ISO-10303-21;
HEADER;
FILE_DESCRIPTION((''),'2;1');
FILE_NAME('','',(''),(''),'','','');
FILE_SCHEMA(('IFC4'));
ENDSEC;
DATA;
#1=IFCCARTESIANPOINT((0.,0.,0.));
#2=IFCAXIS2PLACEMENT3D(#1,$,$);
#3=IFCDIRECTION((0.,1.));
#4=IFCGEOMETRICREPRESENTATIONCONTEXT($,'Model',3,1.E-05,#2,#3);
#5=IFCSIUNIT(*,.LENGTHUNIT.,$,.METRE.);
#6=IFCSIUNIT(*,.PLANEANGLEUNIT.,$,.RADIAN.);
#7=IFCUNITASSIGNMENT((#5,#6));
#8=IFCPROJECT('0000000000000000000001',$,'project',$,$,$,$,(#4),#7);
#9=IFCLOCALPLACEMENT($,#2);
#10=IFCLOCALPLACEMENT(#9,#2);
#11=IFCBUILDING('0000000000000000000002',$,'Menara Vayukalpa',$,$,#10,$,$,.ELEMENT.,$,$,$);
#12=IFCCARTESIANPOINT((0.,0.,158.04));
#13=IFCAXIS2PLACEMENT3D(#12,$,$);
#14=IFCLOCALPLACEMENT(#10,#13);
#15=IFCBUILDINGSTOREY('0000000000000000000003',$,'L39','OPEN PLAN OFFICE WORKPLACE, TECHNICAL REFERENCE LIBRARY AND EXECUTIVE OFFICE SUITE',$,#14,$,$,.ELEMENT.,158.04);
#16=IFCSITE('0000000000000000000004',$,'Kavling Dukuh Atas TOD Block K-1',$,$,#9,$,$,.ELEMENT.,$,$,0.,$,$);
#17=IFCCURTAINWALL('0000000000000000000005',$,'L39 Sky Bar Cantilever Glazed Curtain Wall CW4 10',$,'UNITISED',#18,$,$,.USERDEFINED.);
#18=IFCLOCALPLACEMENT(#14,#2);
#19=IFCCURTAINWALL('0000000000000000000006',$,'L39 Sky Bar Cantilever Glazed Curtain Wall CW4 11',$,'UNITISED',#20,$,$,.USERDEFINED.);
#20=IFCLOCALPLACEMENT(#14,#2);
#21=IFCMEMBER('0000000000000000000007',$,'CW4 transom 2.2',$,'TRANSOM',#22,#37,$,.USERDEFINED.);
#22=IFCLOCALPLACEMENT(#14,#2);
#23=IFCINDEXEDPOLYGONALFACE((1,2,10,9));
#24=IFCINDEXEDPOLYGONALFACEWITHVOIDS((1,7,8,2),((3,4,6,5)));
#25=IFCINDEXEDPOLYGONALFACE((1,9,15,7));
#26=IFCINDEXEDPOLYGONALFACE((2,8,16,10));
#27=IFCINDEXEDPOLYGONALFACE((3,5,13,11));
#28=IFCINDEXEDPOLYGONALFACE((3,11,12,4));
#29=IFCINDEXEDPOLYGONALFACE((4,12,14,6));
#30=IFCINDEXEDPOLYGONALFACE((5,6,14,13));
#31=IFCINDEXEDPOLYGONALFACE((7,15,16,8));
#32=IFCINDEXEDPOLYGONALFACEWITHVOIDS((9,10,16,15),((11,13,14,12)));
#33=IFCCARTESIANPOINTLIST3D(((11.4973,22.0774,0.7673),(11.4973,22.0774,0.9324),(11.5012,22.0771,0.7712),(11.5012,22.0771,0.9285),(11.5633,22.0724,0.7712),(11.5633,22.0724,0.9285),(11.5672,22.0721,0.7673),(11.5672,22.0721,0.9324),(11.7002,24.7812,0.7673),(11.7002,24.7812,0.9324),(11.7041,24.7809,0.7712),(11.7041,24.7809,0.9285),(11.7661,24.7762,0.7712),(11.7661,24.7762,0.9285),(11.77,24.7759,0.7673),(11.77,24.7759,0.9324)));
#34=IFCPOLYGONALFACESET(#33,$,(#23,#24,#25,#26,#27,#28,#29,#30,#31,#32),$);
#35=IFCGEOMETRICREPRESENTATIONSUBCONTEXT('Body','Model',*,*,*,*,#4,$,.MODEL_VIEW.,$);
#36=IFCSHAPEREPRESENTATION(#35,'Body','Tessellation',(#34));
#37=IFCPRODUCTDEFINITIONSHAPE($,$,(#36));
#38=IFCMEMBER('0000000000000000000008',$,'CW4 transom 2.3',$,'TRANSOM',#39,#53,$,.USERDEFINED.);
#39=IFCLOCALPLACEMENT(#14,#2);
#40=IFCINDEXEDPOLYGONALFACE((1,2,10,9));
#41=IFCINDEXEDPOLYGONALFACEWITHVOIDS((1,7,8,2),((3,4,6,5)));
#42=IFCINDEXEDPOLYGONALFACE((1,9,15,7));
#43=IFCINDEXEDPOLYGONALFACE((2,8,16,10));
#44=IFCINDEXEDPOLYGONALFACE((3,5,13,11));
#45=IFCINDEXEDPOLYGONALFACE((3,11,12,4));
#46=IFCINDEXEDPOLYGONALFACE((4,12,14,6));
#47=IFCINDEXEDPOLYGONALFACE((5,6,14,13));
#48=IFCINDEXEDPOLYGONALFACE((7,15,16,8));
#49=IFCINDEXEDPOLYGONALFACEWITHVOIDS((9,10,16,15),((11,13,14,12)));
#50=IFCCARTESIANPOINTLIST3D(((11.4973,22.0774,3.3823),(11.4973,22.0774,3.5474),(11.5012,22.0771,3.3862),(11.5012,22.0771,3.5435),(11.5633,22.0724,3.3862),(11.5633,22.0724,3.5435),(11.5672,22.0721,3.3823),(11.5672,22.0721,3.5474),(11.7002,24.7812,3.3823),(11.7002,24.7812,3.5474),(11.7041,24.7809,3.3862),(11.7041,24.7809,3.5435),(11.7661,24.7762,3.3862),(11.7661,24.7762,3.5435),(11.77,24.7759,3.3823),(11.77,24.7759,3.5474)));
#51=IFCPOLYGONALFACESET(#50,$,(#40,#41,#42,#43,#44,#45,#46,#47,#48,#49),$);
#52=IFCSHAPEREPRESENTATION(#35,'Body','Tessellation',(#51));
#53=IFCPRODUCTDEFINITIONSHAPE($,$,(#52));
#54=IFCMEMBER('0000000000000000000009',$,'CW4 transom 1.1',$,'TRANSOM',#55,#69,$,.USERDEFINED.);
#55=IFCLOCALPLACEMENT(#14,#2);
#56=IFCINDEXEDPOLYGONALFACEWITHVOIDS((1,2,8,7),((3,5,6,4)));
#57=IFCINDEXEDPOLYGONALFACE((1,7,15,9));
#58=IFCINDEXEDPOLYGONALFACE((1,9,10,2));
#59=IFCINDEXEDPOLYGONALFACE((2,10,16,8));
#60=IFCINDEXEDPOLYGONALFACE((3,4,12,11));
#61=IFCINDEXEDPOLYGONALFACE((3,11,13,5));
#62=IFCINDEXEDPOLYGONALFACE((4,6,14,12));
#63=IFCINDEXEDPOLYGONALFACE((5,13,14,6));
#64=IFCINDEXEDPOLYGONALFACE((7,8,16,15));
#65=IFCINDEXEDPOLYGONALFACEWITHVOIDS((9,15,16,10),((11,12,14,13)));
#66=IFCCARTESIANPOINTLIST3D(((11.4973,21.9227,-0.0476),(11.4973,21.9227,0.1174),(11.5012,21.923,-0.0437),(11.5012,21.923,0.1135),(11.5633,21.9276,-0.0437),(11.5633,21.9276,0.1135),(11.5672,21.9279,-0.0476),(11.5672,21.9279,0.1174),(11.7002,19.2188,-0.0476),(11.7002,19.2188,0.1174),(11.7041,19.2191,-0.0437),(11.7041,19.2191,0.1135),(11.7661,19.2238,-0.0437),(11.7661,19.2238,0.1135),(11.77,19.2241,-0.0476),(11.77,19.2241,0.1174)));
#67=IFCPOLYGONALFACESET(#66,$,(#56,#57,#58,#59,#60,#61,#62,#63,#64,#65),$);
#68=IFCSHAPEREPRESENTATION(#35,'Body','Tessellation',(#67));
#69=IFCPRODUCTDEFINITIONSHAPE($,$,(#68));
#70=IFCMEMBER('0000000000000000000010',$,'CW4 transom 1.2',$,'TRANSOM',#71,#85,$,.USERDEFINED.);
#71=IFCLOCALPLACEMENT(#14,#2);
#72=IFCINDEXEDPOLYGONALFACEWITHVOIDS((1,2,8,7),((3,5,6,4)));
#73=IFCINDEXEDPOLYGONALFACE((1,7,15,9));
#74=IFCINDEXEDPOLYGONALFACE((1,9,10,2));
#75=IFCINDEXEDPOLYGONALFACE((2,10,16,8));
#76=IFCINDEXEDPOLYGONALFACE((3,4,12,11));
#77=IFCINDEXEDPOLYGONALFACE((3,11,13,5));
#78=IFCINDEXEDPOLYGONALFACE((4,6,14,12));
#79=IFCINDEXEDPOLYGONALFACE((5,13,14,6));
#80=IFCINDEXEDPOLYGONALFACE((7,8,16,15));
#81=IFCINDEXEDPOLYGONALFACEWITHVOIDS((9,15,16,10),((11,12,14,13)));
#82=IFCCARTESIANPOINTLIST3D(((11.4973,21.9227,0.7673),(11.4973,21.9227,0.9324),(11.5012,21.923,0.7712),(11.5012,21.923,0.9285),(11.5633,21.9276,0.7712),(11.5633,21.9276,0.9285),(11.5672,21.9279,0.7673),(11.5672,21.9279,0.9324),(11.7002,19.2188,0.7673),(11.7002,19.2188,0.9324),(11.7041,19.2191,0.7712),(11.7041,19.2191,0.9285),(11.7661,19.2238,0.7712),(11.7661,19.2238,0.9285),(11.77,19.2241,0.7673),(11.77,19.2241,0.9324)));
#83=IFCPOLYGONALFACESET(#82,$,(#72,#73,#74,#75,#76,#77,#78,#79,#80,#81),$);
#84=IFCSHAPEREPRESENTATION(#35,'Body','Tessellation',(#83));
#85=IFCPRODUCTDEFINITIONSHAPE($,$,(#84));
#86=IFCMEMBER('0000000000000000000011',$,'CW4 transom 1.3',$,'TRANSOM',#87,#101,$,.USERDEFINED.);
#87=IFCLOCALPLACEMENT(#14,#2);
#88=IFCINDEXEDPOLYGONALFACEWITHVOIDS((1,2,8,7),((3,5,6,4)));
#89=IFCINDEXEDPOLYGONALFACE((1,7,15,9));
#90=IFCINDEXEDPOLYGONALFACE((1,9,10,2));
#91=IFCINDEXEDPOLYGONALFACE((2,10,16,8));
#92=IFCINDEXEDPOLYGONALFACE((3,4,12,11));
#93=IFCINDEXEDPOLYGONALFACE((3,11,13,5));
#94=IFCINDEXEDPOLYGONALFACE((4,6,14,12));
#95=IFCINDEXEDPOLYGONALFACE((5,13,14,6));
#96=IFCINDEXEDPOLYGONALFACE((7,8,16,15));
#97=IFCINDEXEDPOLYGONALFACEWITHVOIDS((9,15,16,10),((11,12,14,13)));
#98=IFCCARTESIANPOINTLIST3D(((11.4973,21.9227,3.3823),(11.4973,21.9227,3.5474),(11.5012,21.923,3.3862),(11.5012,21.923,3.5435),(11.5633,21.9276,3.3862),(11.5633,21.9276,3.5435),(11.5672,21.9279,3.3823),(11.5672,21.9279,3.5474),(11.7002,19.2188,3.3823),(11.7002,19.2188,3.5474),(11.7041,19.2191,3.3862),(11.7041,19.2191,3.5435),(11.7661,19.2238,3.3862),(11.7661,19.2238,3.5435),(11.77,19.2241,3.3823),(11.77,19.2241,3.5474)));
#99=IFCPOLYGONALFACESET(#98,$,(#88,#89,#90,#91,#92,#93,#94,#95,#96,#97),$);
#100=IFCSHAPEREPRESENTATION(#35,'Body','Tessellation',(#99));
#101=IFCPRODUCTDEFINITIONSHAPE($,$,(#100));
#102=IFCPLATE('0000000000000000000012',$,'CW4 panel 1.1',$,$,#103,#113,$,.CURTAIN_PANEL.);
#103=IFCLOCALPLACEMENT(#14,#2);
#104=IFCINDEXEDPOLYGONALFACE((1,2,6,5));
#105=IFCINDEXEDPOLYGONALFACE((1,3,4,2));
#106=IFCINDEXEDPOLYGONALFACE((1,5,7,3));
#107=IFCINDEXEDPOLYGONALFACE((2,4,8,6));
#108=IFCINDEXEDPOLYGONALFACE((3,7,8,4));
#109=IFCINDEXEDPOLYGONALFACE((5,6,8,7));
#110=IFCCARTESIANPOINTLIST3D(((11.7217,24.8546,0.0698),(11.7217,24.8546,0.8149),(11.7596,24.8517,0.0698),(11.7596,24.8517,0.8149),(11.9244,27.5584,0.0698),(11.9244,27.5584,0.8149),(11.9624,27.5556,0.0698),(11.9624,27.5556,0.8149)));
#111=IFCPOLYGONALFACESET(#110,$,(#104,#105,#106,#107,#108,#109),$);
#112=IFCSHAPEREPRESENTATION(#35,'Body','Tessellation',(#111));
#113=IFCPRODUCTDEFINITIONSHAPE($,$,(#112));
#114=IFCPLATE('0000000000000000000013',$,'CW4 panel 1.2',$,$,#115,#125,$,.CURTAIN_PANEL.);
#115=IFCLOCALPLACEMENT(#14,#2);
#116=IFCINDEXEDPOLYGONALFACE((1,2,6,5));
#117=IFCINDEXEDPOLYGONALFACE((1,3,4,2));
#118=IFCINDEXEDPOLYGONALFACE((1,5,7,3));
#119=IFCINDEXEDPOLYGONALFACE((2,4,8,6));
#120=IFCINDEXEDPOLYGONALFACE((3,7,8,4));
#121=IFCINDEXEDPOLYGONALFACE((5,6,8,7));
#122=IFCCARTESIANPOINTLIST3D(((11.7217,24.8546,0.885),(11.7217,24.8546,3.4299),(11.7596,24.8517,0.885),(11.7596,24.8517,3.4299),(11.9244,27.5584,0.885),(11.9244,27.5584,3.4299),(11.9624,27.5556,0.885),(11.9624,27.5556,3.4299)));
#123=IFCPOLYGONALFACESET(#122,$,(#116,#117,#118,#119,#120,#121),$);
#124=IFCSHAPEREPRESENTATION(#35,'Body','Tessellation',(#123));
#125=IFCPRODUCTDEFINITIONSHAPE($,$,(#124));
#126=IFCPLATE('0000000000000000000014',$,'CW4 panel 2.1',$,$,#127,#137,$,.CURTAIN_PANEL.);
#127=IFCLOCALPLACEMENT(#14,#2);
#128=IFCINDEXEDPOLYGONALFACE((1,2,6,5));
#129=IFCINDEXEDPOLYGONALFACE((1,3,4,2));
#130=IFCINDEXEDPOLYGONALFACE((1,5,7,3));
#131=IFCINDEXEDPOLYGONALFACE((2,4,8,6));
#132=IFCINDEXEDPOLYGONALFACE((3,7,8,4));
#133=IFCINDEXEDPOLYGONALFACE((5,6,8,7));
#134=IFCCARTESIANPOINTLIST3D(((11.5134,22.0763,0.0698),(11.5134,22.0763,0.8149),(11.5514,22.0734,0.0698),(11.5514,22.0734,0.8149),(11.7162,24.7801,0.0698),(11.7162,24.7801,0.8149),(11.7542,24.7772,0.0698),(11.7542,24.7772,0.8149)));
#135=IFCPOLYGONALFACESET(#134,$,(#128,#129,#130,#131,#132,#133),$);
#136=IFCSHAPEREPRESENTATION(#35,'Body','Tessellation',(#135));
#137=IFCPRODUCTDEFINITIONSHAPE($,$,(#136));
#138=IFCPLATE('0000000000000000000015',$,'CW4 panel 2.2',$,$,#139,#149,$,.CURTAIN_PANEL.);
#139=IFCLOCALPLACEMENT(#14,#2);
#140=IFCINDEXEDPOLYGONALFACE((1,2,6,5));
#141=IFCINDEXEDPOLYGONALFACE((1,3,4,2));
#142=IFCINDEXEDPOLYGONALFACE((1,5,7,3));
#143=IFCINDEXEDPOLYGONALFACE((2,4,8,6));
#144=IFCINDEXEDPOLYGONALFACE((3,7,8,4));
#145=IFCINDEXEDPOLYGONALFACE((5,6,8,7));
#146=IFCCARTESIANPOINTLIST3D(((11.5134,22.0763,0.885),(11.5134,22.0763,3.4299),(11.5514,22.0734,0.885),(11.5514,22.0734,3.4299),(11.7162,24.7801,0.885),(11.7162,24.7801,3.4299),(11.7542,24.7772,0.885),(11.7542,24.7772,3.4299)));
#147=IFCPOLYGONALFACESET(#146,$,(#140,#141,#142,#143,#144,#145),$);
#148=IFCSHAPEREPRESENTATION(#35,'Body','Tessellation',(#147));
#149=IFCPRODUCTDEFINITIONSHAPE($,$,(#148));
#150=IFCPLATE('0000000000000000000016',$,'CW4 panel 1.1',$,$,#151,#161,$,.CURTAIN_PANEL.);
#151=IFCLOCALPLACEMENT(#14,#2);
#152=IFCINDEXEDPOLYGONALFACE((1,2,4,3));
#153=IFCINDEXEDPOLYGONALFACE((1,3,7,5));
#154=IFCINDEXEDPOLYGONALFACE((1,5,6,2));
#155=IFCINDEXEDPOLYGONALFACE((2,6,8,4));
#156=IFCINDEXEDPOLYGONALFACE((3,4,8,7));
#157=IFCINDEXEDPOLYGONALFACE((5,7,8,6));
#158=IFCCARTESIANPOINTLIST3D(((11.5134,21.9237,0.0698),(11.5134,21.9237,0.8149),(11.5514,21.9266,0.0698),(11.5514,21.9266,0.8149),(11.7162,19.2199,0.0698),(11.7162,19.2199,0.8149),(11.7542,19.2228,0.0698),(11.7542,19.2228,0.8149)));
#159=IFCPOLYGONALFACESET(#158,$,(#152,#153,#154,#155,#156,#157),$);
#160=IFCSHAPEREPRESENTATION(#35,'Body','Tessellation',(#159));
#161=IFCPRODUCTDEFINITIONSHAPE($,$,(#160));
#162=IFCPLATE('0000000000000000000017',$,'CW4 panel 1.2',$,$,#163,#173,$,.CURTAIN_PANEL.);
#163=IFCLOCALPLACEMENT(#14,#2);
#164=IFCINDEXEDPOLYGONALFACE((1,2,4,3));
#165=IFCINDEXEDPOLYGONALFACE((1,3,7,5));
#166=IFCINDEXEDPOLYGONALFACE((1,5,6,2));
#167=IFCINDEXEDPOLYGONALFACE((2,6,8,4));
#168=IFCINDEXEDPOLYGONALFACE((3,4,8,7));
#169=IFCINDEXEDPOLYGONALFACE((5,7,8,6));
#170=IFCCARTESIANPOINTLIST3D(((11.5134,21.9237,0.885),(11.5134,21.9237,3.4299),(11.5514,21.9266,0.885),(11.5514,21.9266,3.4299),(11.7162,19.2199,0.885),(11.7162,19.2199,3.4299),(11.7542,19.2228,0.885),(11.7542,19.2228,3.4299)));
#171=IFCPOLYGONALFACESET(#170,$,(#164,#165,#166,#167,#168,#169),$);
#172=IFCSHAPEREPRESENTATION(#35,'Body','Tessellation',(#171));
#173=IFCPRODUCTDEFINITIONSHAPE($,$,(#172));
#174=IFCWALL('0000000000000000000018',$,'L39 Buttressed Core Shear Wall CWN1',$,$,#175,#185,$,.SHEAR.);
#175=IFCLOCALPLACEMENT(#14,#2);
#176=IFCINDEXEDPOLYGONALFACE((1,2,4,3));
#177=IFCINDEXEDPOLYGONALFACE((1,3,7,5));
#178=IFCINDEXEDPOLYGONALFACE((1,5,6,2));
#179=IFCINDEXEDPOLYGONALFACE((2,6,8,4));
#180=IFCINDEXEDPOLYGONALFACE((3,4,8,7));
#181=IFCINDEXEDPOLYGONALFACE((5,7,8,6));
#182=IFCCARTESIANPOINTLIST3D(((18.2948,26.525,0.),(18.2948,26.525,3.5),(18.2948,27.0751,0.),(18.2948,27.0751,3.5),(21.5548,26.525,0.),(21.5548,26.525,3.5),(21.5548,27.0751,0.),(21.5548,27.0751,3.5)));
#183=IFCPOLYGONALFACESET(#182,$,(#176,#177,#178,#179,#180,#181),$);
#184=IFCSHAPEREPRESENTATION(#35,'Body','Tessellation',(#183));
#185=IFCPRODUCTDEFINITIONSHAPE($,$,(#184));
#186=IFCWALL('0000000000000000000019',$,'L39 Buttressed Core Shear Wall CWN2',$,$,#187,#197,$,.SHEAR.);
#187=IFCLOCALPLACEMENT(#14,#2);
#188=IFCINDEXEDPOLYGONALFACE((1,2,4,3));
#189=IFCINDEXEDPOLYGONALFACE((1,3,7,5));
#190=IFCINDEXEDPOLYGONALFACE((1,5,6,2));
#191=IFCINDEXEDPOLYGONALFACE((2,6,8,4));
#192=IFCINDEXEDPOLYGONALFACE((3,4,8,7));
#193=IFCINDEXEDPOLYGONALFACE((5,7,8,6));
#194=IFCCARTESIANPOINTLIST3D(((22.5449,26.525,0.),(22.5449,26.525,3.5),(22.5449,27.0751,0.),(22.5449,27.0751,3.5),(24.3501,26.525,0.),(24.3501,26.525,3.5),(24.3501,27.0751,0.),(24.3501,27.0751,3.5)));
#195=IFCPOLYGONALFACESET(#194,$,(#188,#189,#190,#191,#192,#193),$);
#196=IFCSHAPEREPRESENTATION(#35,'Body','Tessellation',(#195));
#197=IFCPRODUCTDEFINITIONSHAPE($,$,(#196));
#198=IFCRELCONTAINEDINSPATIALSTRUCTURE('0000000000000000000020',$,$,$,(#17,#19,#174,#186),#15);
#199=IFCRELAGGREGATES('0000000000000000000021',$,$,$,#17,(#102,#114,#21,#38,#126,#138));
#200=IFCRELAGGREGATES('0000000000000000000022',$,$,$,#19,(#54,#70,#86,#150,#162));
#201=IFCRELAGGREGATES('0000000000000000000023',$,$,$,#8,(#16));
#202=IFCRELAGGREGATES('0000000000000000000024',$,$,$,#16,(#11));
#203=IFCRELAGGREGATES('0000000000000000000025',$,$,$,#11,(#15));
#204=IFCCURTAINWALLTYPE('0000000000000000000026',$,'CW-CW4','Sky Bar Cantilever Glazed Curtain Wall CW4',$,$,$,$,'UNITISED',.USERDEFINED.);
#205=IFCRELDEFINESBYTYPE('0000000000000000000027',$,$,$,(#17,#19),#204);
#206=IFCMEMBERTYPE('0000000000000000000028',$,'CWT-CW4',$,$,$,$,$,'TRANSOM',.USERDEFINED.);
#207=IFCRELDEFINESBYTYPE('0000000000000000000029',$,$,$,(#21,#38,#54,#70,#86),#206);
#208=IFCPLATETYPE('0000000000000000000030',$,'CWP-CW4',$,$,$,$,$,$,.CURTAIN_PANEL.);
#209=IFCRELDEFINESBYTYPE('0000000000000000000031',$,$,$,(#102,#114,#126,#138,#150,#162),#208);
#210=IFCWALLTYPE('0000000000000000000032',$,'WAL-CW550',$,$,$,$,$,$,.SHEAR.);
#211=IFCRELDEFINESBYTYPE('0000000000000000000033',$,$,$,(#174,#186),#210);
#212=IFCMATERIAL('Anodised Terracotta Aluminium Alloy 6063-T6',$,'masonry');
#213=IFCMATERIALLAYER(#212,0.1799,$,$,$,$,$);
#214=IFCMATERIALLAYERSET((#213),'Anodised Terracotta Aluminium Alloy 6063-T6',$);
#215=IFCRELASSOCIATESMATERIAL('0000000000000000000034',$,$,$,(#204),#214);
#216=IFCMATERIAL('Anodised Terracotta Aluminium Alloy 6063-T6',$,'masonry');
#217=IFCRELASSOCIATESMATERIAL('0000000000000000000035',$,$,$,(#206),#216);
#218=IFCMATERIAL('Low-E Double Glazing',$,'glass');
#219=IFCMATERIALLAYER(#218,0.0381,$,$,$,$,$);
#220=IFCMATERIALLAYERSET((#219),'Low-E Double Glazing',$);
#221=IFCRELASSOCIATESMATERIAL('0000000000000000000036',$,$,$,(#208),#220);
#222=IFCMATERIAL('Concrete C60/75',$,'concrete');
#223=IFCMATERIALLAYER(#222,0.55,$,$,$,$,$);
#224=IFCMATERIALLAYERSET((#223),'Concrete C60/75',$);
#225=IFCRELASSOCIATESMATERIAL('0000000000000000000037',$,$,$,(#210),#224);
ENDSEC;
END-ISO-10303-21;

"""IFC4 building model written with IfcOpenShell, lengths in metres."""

from ifc_helpers import new_model, si_unit, direction, frame, frame_2d, origin, origin_2d, place, context, subcontext, project, spatial, rectangle, hollow_rectangle, extrude, material, layer, layer_set, material_profile, profile_set, type_object, element, aggregate, save


model = new_model("IFC4")

# Units and contexts
model_context = context("Model", 3, precision=1e-05, world=origin(), true_north=direction((0.0, 1.0)))
body_context = subcontext(model_context, "Body", "Model", "MODEL_VIEW")
ifc_project = project(units=[si_unit("LENGTHUNIT", "METRE"), si_unit("PLANEANGLEUNIT", "RADIAN")], contexts=[model_context])

# Site, building, storey
site_placement = place(None, origin())
site = spatial("IfcSite", under=ifc_project, at=site_placement, Name="Kavling Dukuh Atas TOD Block K-1", CompositionType="ELEMENT", RefElevation=0.0)
building_placement = place(site_placement, origin())
building = spatial("IfcBuilding", under=site, at=building_placement, Name="Menara Vayukalpa", CompositionType="ELEMENT")
storey_placement = place(building_placement, frame((0.0, 0.0, 158.04)))
storey = spatial("IfcBuildingStorey", under=building, at=storey_placement, Name="L39", Description="OPEN PLAN OFFICE WORKPLACE, TECHNICAL REFERENCE LIBRARY AND EXECUTIVE OFFICE SUITE", CompositionType="ELEMENT", Elevation=158.04)

# Curtain wall
ifc_material_1 = material(Name="Anodised Terracotta Aluminium Alloy 6063-T6", Category="masonry")
ifc_layer_1 = layer(ifc_material_1, 0.1799)
ifc_layer_set_1 = layer_set([ifc_layer_1], Name="Anodised Terracotta Aluminium Alloy 6063-T6")
curtain_wall_type = type_object("IfcCurtainWallType", Name="CW-CW4", Description="Sky Bar Cantilever Glazed Curtain Wall CW4", ElementType="UNITISED", PredefinedType="USERDEFINED", material=ifc_layer_set_1)
curtain_wall_1_placement = place(storey_placement, origin())
curtain_wall_1 = element("IfcCurtainWall", 1, at=curtain_wall_1_placement, inside=storey, type_object=curtain_wall_type, Name="L39 Sky Bar Cantilever Glazed Curtain Wall CW4 10", ObjectType="UNITISED", PredefinedType="USERDEFINED")

# Curtain wall
curtain_wall_2_placement = place(storey_placement, origin())
curtain_wall_2 = element("IfcCurtainWall", 2, at=curtain_wall_2_placement, inside=storey, type_object=curtain_wall_type, Name="L39 Sky Bar Cantilever Glazed Curtain Wall CW4 11", ObjectType="UNITISED", PredefinedType="USERDEFINED")

# Members
ifc_material_2 = material(Name="Anodised Terracotta Aluminium Alloy 6063-T6", Category="masonry")
ifc_material_profile_1 = material_profile(ifc_material_2, hollow_rectangle(XDim=0.0701, YDim=0.165, WallThickness=0.0039, at=origin_2d()), Name="ALU 70x165x4")
ifc_profile_set_1 = profile_set([ifc_material_profile_1], Name="Anodised Terracotta Aluminium Alloy 6063-T6")
member_type_1 = type_object("IfcMemberType", Name="CWT-CW4", ElementType="TRANSOM", PredefinedType="USERDEFINED", material=ifc_profile_set_1)
member_1_placement = place(storey_placement, frame((11.7351, 24.7786, 0.8499), z_axis=(-0.074824, -0.997197, 0.0), x_axis=(0.997197, -0.074824, 0.0)))
member_1 = element("IfcMember", 3, at=member_1_placement, type_object=member_type_1, Name="CW4 transom 2.2", ObjectType="TRANSOM", PredefinedType="USERDEFINED", context=body_context, shape_type="SweptSolid", body=[
    extrude(hollow_rectangle(XDim=0.0701, YDim=0.165, WallThickness=0.0039, at=origin_2d()), origin(), (0.0, 0.0, 1.0), 2.7114),
])
member_2_placement = place(storey_placement, frame((11.7351, 24.7786, 3.4648), z_axis=(-0.074824, -0.997197, 0.0), x_axis=(0.997197, -0.074824, 0.0)))
member_2 = element("IfcMember", 4, at=member_2_placement, type_object=member_type_1, Name="CW4 transom 2.3", ObjectType="TRANSOM", PredefinedType="USERDEFINED", context=body_context, shape_type="SweptSolid", body=[
    extrude(hollow_rectangle(XDim=0.0701, YDim=0.165, WallThickness=0.0039, at=origin_2d()), origin(), (0.0, 0.0, 1.0), 2.7114),
])
member_3_placement = place(storey_placement, frame((11.5322, 21.9253, 0.0349), z_axis=(0.074824, -0.997197, 0.0), x_axis=(0.997197, 0.074824, 0.0)))
member_3 = element("IfcMember", 5, at=member_3_placement, type_object=member_type_1, Name="CW4 transom 1.1", ObjectType="TRANSOM", PredefinedType="USERDEFINED", context=body_context, shape_type="SweptSolid", body=[
    extrude(hollow_rectangle(XDim=0.0701, YDim=0.165, WallThickness=0.0039, at=origin_2d()), origin(), (0.0, 0.0, 1.0), 2.7114),
])
member_4_placement = place(storey_placement, frame((11.5322, 21.9253, 0.8499), z_axis=(0.074824, -0.997197, 0.0), x_axis=(0.997197, 0.074824, 0.0)))
member_4 = element("IfcMember", 6, at=member_4_placement, type_object=member_type_1, Name="CW4 transom 1.2", ObjectType="TRANSOM", PredefinedType="USERDEFINED", context=body_context, shape_type="SweptSolid", body=[
    extrude(hollow_rectangle(XDim=0.0701, YDim=0.165, WallThickness=0.0039, at=origin_2d()), origin(), (0.0, 0.0, 1.0), 2.7114),
])
member_5_placement = place(storey_placement, frame((11.5322, 21.9253, 3.4648), z_axis=(0.074824, -0.997197, 0.0), x_axis=(0.997197, 0.074824, 0.0)))
member_5 = element("IfcMember", 7, at=member_5_placement, type_object=member_type_1, Name="CW4 transom 1.3", ObjectType="TRANSOM", PredefinedType="USERDEFINED", context=body_context, shape_type="SweptSolid", body=[
    extrude(hollow_rectangle(XDim=0.0701, YDim=0.165, WallThickness=0.0039, at=origin_2d()), origin(), (0.0, 0.0, 1.0), 2.7114),
])

# Plates
ifc_material_3 = material(Name="Low-E Double Glazing", Category="glass")
ifc_layer_2 = layer(ifc_material_3, 0.0381)
ifc_layer_set_2 = layer_set([ifc_layer_2], Name="Low-E Double Glazing")
plate_type = type_object("IfcPlateType", Name="CWP-CW4", PredefinedType="CURTAIN_PANEL", material=ifc_layer_set_2)
plate_1_placement = place(storey_placement, frame((11.842, 26.2051, 0.0698), z_axis=(0.0, 0.0, 1.0), x_axis=(-0.074793, -0.997199, 0.0)))
plate_1 = element("IfcPlate", 8, at=plate_1_placement, type_object=plate_type, Name="CW4 panel 1.1", PredefinedType="CURTAIN_PANEL", context=body_context, shape_type="SweptSolid", body=[
    extrude(rectangle(XDim=2.7114, YDim=0.0381, at=origin_2d()), origin(), (0.0, 0.0, 1.0), 0.7451),
])
plate_2_placement = place(storey_placement, frame((11.842, 26.2051, 0.885), z_axis=(0.0, 0.0, 1.0), x_axis=(-0.074793, -0.997199, 0.0)))
plate_2 = element("IfcPlate", 9, at=plate_2_placement, type_object=plate_type, Name="CW4 panel 1.2", PredefinedType="CURTAIN_PANEL", context=body_context, shape_type="SweptSolid", body=[
    extrude(rectangle(XDim=2.7114, YDim=0.0381, at=origin_2d()), origin(), (0.0, 0.0, 1.0), 2.5449),
])
plate_3_placement = place(storey_placement, frame((11.6338, 23.4268, 0.0698), z_axis=(0.0, 0.0, 1.0), x_axis=(-0.074793, -0.997199, 0.0)))
plate_3 = element("IfcPlate", 10, at=plate_3_placement, type_object=plate_type, Name="CW4 panel 2.1", PredefinedType="CURTAIN_PANEL", context=body_context, shape_type="SweptSolid", body=[
    extrude(rectangle(XDim=2.7114, YDim=0.0381, at=origin_2d()), origin(), (0.0, 0.0, 1.0), 0.7451),
])
plate_4_placement = place(storey_placement, frame((11.6338, 23.4268, 0.885), z_axis=(0.0, 0.0, 1.0), x_axis=(-0.074793, -0.997199, 0.0)))
plate_4 = element("IfcPlate", 11, at=plate_4_placement, type_object=plate_type, Name="CW4 panel 2.2", PredefinedType="CURTAIN_PANEL", context=body_context, shape_type="SweptSolid", body=[
    extrude(rectangle(XDim=2.7114, YDim=0.0381, at=origin_2d()), origin(), (0.0, 0.0, 1.0), 2.5449),
])
aggregate(curtain_wall_1, [plate_1, plate_2, member_1, member_2, plate_3, plate_4])
plate_5_placement = place(storey_placement, frame((11.6338, 20.5732, 0.0698), z_axis=(0.0, 0.0, 1.0), x_axis=(0.074793, -0.997199, 0.0)))
plate_5 = element("IfcPlate", 12, at=plate_5_placement, type_object=plate_type, Name="CW4 panel 1.1", PredefinedType="CURTAIN_PANEL", context=body_context, shape_type="SweptSolid", body=[
    extrude(rectangle(XDim=2.7114, YDim=0.0381, at=origin_2d()), origin(), (0.0, 0.0, 1.0), 0.7451),
])
plate_6_placement = place(storey_placement, frame((11.6338, 20.5732, 0.885), z_axis=(0.0, 0.0, 1.0), x_axis=(0.074793, -0.997199, 0.0)))
plate_6 = element("IfcPlate", 13, at=plate_6_placement, type_object=plate_type, Name="CW4 panel 1.2", PredefinedType="CURTAIN_PANEL", context=body_context, shape_type="SweptSolid", body=[
    extrude(rectangle(XDim=2.7114, YDim=0.0381, at=origin_2d()), origin(), (0.0, 0.0, 1.0), 2.5449),
])
aggregate(curtain_wall_2, [member_3, member_4, member_5, plate_5, plate_6])

# Walls
ifc_material_4 = material(Name="Concrete C60/75", Category="concrete")
ifc_layer_3 = layer(ifc_material_4, 0.55)
ifc_layer_set_3 = layer_set([ifc_layer_3], Name="Concrete C60/75")
wall_type_1 = type_object("IfcWallType", Name="WAL-CW550", PredefinedType="SHEAR", material=ifc_layer_set_3)
wall_1_placement = place(storey_placement, frame((18.2949, 26.8, 0.0), z_axis=(0.0, 0.0, 1.0), x_axis=(1.0, 0.0, 0.0)))
element("IfcWall", 14, at=wall_1_placement, inside=storey, type_object=wall_type_1, Name="L39 Buttressed Core Shear Wall CWN1", PredefinedType="SHEAR", context=body_context, shape_type="SweptSolid", body=[
    extrude(rectangle(XDim=3.26, YDim=0.55, at=frame_2d((1.6299, 0.0))), origin(), (0.0, 0.0, 1.0), 3.5),
])
wall_2_placement = place(storey_placement, frame((22.5449, 26.8, 0.0), z_axis=(0.0, 0.0, 1.0), x_axis=(1.0, 0.0, 0.0)))
element("IfcWall", 15, at=wall_2_placement, inside=storey, type_object=wall_type_1, Name="L39 Buttressed Core Shear Wall CWN2", PredefinedType="SHEAR", context=body_context, shape_type="SweptSolid", body=[
    extrude(rectangle(XDim=1.8052, YDim=0.55, at=frame_2d((0.9026, 0.0))), origin(), (0.0, 0.0, 1.0), 3.5),
])

save(model, "model.ifc")
